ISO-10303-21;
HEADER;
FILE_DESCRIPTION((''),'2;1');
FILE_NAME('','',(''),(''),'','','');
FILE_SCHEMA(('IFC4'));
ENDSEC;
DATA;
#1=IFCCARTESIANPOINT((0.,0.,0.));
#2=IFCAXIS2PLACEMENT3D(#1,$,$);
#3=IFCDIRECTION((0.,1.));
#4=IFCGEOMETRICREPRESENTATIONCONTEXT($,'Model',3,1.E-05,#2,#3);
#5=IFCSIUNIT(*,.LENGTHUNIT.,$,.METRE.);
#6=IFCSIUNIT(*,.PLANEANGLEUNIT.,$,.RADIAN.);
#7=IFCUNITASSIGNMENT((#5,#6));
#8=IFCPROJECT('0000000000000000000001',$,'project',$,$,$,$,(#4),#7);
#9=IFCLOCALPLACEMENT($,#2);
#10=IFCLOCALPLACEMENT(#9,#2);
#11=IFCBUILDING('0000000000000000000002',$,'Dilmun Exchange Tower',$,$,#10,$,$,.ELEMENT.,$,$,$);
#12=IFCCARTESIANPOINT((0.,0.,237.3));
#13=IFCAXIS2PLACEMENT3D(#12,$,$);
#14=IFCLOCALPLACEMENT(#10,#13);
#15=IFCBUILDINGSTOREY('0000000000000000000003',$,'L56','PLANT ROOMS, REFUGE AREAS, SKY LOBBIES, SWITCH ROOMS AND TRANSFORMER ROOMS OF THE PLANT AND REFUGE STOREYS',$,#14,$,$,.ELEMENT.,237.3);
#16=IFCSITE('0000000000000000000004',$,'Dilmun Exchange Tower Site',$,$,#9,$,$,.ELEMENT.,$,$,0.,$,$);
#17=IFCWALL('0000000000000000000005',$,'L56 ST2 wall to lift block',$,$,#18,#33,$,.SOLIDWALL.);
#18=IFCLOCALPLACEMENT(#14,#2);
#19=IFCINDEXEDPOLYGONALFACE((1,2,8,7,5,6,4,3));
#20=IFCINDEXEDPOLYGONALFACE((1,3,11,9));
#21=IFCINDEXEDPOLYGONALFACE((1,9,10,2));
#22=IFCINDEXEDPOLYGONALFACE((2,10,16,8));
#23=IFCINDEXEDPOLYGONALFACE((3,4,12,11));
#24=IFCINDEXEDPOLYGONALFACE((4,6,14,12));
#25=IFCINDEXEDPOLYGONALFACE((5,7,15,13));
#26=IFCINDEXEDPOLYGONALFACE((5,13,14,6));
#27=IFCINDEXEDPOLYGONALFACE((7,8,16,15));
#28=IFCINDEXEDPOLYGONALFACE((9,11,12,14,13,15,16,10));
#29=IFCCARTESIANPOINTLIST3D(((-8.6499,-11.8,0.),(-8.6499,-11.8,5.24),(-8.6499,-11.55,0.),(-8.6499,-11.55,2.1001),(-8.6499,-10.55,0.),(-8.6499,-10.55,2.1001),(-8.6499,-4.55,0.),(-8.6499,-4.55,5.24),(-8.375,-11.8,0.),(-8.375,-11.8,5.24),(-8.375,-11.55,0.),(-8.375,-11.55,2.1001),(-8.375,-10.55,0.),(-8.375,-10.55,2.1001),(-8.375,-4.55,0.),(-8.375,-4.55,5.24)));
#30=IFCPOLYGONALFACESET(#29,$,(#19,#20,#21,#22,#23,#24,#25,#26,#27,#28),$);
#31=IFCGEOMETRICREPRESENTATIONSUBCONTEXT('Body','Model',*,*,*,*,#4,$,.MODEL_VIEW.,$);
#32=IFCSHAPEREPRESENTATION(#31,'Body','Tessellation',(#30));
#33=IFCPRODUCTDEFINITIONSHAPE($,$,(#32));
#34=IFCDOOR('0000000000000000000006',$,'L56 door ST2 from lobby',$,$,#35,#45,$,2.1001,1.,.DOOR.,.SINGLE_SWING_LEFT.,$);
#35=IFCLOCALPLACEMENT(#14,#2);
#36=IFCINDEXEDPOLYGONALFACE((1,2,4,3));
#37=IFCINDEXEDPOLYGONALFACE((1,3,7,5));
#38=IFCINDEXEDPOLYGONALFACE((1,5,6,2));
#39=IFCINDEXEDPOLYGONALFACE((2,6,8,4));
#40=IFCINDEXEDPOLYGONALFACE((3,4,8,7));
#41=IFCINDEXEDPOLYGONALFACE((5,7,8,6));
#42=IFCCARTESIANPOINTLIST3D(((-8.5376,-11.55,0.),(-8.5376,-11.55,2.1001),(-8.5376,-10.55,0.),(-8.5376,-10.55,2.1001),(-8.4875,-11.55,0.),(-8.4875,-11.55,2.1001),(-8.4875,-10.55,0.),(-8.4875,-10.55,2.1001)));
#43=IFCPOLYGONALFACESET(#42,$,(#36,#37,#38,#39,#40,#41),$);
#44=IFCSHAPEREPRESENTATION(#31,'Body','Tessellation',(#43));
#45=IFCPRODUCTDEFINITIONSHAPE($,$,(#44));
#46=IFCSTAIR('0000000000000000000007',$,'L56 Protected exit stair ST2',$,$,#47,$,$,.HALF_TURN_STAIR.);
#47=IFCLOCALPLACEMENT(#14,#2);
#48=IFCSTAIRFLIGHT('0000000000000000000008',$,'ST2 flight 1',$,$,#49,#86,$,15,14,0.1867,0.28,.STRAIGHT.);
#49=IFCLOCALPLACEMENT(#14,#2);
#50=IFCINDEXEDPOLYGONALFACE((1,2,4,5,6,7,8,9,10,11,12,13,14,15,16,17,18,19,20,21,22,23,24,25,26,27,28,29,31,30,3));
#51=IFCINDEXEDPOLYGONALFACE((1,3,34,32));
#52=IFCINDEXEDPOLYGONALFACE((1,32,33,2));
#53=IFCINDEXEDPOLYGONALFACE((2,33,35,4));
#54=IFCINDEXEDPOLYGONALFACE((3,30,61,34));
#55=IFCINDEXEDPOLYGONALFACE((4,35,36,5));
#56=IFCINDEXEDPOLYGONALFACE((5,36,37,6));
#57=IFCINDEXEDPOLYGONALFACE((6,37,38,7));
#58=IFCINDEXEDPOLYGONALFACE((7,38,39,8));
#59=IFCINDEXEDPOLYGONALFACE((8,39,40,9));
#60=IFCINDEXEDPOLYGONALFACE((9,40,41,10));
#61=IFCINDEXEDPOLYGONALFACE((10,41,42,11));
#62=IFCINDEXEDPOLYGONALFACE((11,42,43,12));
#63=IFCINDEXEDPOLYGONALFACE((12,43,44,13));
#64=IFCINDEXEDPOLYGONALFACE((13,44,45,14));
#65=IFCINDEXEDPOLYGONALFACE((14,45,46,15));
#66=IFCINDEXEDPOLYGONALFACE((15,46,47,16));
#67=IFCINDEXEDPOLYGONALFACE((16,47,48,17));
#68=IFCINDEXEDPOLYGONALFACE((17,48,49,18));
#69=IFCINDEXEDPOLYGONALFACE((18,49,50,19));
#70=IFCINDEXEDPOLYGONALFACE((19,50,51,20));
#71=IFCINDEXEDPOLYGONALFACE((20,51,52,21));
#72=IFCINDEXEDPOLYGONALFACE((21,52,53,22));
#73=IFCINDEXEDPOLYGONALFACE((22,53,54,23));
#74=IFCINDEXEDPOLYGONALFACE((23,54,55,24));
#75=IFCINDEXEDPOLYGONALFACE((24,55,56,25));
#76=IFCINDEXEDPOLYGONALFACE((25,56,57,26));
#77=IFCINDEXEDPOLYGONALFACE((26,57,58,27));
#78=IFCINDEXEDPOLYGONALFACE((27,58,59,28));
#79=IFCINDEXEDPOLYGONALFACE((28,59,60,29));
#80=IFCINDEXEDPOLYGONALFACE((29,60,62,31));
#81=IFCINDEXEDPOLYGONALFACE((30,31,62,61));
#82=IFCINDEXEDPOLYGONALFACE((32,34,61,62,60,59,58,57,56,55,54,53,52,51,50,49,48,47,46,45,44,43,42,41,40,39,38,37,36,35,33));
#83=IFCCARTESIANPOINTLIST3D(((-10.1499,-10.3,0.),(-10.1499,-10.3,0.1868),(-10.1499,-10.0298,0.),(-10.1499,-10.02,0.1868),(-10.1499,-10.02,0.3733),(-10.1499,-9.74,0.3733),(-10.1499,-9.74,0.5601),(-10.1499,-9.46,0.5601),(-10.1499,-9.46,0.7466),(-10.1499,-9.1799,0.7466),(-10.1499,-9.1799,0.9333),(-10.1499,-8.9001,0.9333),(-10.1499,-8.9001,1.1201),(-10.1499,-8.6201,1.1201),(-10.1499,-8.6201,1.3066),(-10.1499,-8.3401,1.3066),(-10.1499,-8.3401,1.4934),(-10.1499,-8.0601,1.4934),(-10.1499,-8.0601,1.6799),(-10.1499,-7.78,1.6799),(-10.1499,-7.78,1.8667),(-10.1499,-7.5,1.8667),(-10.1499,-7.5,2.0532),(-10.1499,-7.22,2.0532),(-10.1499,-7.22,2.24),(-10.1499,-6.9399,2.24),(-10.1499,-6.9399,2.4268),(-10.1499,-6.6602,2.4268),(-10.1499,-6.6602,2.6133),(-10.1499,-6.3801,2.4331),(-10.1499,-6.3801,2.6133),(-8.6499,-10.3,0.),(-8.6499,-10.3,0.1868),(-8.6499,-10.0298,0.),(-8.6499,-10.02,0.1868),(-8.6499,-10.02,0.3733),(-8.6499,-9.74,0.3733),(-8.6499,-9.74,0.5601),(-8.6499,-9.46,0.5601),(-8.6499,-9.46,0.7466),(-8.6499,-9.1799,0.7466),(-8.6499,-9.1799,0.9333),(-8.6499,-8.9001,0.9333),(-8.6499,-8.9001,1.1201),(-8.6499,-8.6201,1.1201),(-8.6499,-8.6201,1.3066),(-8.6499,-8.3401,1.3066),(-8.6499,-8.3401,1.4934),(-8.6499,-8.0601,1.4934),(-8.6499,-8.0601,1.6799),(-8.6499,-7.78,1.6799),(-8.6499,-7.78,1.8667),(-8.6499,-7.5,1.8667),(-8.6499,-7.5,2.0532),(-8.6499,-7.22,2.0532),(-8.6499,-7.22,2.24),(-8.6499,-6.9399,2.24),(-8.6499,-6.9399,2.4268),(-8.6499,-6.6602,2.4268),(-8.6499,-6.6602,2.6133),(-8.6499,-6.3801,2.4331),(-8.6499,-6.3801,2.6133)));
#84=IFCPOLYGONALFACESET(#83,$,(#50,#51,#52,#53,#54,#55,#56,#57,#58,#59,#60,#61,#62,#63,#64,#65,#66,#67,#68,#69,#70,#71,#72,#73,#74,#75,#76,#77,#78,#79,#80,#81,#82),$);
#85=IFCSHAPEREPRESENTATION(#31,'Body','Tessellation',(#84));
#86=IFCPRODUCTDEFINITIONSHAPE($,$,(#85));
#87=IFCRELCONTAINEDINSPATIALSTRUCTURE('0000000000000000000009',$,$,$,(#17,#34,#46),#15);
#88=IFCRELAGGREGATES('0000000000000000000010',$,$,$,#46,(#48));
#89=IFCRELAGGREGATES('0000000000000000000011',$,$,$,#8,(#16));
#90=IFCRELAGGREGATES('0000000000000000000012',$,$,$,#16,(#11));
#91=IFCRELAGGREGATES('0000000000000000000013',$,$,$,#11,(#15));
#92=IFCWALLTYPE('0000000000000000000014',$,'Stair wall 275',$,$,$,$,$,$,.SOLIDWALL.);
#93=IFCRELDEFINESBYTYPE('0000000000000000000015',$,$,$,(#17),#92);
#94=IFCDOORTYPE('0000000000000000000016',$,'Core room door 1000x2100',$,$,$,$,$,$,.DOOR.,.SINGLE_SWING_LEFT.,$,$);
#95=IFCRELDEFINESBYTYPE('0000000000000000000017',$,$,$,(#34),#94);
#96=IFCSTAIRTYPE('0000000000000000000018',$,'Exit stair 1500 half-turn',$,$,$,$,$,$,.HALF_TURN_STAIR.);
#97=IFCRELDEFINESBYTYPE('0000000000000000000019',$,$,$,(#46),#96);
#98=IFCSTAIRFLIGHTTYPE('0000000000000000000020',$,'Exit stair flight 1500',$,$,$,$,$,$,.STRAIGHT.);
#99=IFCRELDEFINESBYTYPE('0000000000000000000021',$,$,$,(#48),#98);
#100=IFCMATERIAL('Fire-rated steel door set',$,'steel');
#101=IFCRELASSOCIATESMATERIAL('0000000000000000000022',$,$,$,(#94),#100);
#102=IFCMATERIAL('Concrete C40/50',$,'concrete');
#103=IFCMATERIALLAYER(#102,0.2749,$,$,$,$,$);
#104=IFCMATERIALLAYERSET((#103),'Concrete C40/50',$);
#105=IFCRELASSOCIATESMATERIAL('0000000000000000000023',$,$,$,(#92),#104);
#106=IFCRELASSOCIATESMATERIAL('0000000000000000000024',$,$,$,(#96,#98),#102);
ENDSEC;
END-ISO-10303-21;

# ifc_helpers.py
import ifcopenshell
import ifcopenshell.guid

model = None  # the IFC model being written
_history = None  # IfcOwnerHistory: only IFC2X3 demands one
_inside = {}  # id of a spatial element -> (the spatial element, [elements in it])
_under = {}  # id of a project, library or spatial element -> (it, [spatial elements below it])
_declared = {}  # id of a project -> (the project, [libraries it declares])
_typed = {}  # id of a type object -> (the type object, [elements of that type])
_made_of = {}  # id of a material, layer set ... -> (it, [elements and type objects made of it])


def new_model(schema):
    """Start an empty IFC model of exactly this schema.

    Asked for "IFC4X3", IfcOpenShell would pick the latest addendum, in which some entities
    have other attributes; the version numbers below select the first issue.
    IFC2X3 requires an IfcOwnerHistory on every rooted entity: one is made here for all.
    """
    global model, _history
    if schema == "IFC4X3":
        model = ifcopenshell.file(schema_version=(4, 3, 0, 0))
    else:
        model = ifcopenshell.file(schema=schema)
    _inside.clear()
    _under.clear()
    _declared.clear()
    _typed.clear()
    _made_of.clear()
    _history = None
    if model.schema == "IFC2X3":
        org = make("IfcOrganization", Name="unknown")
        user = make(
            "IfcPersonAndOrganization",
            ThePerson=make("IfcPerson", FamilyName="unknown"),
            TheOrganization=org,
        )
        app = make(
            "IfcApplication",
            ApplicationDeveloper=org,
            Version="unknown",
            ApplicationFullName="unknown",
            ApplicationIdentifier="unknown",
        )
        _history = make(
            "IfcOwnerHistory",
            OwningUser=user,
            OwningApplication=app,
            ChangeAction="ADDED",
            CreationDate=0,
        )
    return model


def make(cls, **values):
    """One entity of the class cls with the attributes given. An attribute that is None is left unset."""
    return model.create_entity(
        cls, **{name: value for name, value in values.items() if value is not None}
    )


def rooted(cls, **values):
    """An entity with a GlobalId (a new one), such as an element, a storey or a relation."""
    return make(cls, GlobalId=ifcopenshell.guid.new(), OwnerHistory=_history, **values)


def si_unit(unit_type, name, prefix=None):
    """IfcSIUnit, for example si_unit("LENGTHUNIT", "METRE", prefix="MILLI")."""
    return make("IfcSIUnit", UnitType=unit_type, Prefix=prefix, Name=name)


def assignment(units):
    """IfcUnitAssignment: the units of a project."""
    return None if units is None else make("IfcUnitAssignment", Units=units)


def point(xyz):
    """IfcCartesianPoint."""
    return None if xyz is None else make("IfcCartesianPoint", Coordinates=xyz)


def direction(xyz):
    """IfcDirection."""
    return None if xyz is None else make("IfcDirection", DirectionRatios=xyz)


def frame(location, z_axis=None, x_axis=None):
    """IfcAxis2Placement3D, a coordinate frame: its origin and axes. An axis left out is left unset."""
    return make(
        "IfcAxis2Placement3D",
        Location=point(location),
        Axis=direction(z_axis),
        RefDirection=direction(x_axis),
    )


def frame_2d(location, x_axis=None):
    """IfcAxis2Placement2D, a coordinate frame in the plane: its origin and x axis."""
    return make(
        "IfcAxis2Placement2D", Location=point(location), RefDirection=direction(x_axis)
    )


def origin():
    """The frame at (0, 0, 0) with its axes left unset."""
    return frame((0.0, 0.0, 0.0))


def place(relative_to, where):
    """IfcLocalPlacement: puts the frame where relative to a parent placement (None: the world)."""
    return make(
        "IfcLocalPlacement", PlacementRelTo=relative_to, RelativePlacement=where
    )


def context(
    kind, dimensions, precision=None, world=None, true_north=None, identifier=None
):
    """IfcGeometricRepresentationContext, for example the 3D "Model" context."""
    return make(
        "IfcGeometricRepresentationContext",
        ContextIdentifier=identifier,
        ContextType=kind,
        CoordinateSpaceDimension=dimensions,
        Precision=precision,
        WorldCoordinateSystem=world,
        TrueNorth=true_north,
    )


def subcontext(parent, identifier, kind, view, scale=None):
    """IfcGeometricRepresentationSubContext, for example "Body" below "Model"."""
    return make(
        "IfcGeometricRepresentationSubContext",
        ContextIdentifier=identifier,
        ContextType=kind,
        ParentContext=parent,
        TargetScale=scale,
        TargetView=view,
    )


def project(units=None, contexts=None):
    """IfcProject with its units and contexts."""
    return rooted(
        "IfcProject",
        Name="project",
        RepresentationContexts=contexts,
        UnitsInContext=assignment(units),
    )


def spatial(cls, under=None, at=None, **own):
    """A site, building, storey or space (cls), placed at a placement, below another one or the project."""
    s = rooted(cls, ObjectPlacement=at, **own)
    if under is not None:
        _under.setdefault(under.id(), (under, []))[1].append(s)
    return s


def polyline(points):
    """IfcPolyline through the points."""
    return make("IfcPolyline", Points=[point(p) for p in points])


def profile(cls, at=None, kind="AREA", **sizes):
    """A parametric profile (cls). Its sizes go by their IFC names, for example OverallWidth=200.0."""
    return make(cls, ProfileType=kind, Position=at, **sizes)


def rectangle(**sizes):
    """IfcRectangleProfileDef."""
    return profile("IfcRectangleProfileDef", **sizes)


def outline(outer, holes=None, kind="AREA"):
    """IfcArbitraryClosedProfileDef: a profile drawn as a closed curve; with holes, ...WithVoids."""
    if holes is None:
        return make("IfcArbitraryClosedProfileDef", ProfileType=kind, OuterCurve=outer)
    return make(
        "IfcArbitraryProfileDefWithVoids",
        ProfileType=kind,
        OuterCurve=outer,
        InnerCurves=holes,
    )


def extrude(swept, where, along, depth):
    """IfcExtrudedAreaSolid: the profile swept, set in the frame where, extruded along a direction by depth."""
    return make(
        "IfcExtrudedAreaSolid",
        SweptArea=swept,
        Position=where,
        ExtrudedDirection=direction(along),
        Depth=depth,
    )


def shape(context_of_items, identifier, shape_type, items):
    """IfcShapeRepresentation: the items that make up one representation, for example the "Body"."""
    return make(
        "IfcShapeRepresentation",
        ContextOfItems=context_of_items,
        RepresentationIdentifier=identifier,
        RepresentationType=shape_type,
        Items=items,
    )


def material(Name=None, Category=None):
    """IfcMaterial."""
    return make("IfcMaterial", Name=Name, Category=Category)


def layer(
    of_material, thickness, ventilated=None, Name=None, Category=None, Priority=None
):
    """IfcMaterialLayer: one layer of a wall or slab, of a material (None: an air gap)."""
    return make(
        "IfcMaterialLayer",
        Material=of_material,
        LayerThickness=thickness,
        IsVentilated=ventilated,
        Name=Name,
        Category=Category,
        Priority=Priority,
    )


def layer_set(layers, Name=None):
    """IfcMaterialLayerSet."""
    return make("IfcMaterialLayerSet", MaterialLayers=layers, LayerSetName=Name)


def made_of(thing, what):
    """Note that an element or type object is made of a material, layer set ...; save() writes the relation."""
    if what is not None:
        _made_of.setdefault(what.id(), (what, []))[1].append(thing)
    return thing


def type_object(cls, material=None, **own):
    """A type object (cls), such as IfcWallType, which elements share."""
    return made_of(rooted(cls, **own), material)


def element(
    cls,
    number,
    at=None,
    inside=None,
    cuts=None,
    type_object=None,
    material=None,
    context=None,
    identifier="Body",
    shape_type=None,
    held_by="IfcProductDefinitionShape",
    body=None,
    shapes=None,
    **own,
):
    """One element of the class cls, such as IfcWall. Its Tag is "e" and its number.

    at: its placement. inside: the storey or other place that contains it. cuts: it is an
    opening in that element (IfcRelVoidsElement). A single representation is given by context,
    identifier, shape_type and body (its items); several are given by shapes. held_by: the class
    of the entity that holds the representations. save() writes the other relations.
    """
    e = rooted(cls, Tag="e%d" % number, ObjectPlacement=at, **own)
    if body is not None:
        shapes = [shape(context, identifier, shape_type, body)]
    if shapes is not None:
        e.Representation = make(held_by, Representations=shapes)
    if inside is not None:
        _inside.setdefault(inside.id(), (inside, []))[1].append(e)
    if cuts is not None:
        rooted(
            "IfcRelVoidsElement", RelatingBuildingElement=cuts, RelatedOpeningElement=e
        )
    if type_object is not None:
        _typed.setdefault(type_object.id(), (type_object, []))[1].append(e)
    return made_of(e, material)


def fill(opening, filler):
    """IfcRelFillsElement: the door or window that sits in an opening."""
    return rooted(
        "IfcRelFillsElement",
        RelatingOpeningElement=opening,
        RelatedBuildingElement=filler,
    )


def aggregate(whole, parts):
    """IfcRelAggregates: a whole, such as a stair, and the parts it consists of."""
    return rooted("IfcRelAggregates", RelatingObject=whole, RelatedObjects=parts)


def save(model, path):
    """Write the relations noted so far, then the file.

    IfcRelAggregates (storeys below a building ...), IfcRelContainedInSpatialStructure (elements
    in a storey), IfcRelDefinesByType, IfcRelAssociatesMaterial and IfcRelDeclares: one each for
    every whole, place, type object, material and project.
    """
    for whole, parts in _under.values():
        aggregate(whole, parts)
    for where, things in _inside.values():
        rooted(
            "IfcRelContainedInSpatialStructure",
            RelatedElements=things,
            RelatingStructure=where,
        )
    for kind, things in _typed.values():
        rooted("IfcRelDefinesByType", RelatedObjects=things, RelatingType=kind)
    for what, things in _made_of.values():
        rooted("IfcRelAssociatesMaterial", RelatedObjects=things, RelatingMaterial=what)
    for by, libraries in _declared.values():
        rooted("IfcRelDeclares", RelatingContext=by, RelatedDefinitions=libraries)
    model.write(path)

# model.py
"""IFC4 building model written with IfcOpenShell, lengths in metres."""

from ifc_helpers import new_model, si_unit, direction, frame, frame_2d, origin, place, context, subcontext, project, spatial, polyline, rectangle, outline, extrude, material, layer, layer_set, type_object, element, fill, aggregate, save


model = new_model("IFC4")

# Units and contexts
model_context = context("Model", 3, precision=1e-05, world=origin(), true_north=direction((0.0, 1.0)))
body_context = subcontext(model_context, "Body", "Model", "MODEL_VIEW")
ifc_project = project(units=[si_unit("LENGTHUNIT", "METRE"), si_unit("PLANEANGLEUNIT", "RADIAN")], contexts=[model_context])

# Site, building, storey
site_placement = place(None, origin())
site = spatial("IfcSite", under=ifc_project, at=site_placement, Name="Dilmun Exchange Tower Site", CompositionType="ELEMENT", RefElevation=0.0)
building_placement = place(site_placement, origin())
building = spatial("IfcBuilding", under=site, at=building_placement, Name="Dilmun Exchange Tower", CompositionType="ELEMENT")
storey_placement = place(building_placement, frame((0.0, 0.0, 237.3)))
storey = spatial("IfcBuildingStorey", under=building, at=storey_placement, Name="L56", Description="PLANT ROOMS, REFUGE AREAS, SKY LOBBIES, SWITCH ROOMS AND TRANSFORMER ROOMS OF THE PLANT AND REFUGE STOREYS", CompositionType="ELEMENT", Elevation=237.3)

# Shared definitions
ifc_material_1 = material(Name="Concrete C40/50", Category="concrete")
ifc_material_2 = material(Name="Fire-rated steel door set", Category="steel")

# Shared definitions
door_type_1 = type_object("IfcDoorType", Name="Core room door 1000x2100", OperationType="SINGLE_SWING_LEFT", PredefinedType="DOOR", material=ifc_material_2)

# Wall, opening, door
ifc_layer_1 = layer(ifc_material_1, 0.2749)
ifc_layer_set_1 = layer_set([ifc_layer_1], Name="Concrete C40/50")
wall_type_1 = type_object("IfcWallType", Name="Stair wall 275", PredefinedType="SOLIDWALL", material=ifc_layer_set_1)
wall_1_placement = place(storey_placement, frame((-8.5125, -4.55, 0.0), z_axis=(0.0, 0.0, 1.0), x_axis=(0.0, -1.0, 0.0)))
wall_1 = element("IfcWall", 1, at=wall_1_placement, inside=storey, type_object=wall_type_1, Name="L56 ST2 wall to lift block", PredefinedType="SOLIDWALL", context=body_context, shape_type="SweptSolid", body=[
    extrude(rectangle(XDim=7.25, YDim=0.2749, at=frame_2d((3.625, 0.0))), origin(), (0.0, 0.0, 1.0), 5.24),
])
opening_1_placement = place(wall_1_placement, frame((6.0, 0.0, 0.0)))
opening_1 = element("IfcOpeningElement", 2, at=opening_1_placement, cuts=wall_1, PredefinedType="OPENING", context=body_context, shape_type="SweptSolid", body=[
    extrude(rectangle(XDim=1.0, YDim=2.1001, at=frame_2d((0.5, 1.05))), frame((0.0, 0.1475, 0.0), z_axis=(0.0, -1.0, 0.0), x_axis=(1.0, 0.0, 0.0)), (0.0, 0.0, 1.0), 0.2949),
])
door_1_placement = place(opening_1_placement, origin())
door_1 = element("IfcDoor", 3, at=door_1_placement, inside=storey, type_object=door_type_1, Name="L56 door ST2 from lobby", OperationType="SINGLE_SWING_LEFT", OverallHeight=2.1001, OverallWidth=1.0, PredefinedType="DOOR", context=body_context, shape_type="SweptSolid", body=[
    extrude(rectangle(XDim=1.0, YDim=2.1001, at=frame_2d((0.5, 1.05))), frame((0.0, 0.0249, 0.0), z_axis=(0.0, -1.0, 0.0), x_axis=(1.0, 0.0, 0.0)), (0.0, 0.0, 1.0), 0.05),
])
fill(opening_1, door_1)

# Stair, stair flight
stair_type = type_object("IfcStairType", Name="Exit stair 1500 half-turn", PredefinedType="HALF_TURN_STAIR", material=ifc_material_1)
stair_placement = place(storey_placement, origin())
stair = element("IfcStair", 4, at=stair_placement, inside=storey, type_object=stair_type, Name="L56 Protected exit stair ST2", PredefinedType="HALF_TURN_STAIR")
stair_flight_type = type_object("IfcStairFlightType", Name="Exit stair flight 1500", PredefinedType="STRAIGHT", material=ifc_material_1)
stair_flight_placement = place(storey_placement, frame((-9.3999, -10.3, 0.0), z_axis=(0.0, 0.0, 1.0), x_axis=(0.0, 1.0, 0.0)))
stair_flight = element("IfcStairFlight", 5, at=stair_flight_placement, type_object=stair_flight_type, Name="ST2 flight 1", NumberOfRisers=15, NumberOfTreads=14, PredefinedType="STRAIGHT", RiserHeight=0.1867, TreadLength=0.28, context=body_context, shape_type="SweptSolid", body=[
    extrude(outline(polyline([(0.0, 0.0), (0.0, 0.1868), (0.28, 0.1868), (0.28, 0.3733), (0.5601, 0.3733), (0.5601, 0.5601), (0.8401, 0.5601), (0.8401, 0.7466), (1.1201, 0.7466), (1.1201, 0.9333), (1.3999, 0.9333), (1.3999, 1.1201), (1.6799, 1.1201), (1.6799, 1.3066), (1.96, 1.3066), (1.96, 1.4934), (2.24, 1.4934), (2.24, 1.6799), (2.52, 1.6799), (2.52, 1.8667), (2.8, 1.8667), (2.8, 2.0532), (3.0801, 2.0532), (3.0801, 2.24), (3.3601, 2.24), (3.3601, 2.4268), (3.6399, 2.4268), (3.6399, 2.6133), (3.9199, 2.6133), (3.9199, 2.8), (3.9199, 2.4331), (0.2703, 0.0), (0.0, 0.0)])), frame((0.0, 0.75, 0.0), z_axis=(0.0, -1.0, 0.0), x_axis=(1.0, 0.0, 0.0)), (0.0, 0.0, 1.0), 1.5),
])
aggregate(stair, [stair_flight])

save(model, "model.ifc")
